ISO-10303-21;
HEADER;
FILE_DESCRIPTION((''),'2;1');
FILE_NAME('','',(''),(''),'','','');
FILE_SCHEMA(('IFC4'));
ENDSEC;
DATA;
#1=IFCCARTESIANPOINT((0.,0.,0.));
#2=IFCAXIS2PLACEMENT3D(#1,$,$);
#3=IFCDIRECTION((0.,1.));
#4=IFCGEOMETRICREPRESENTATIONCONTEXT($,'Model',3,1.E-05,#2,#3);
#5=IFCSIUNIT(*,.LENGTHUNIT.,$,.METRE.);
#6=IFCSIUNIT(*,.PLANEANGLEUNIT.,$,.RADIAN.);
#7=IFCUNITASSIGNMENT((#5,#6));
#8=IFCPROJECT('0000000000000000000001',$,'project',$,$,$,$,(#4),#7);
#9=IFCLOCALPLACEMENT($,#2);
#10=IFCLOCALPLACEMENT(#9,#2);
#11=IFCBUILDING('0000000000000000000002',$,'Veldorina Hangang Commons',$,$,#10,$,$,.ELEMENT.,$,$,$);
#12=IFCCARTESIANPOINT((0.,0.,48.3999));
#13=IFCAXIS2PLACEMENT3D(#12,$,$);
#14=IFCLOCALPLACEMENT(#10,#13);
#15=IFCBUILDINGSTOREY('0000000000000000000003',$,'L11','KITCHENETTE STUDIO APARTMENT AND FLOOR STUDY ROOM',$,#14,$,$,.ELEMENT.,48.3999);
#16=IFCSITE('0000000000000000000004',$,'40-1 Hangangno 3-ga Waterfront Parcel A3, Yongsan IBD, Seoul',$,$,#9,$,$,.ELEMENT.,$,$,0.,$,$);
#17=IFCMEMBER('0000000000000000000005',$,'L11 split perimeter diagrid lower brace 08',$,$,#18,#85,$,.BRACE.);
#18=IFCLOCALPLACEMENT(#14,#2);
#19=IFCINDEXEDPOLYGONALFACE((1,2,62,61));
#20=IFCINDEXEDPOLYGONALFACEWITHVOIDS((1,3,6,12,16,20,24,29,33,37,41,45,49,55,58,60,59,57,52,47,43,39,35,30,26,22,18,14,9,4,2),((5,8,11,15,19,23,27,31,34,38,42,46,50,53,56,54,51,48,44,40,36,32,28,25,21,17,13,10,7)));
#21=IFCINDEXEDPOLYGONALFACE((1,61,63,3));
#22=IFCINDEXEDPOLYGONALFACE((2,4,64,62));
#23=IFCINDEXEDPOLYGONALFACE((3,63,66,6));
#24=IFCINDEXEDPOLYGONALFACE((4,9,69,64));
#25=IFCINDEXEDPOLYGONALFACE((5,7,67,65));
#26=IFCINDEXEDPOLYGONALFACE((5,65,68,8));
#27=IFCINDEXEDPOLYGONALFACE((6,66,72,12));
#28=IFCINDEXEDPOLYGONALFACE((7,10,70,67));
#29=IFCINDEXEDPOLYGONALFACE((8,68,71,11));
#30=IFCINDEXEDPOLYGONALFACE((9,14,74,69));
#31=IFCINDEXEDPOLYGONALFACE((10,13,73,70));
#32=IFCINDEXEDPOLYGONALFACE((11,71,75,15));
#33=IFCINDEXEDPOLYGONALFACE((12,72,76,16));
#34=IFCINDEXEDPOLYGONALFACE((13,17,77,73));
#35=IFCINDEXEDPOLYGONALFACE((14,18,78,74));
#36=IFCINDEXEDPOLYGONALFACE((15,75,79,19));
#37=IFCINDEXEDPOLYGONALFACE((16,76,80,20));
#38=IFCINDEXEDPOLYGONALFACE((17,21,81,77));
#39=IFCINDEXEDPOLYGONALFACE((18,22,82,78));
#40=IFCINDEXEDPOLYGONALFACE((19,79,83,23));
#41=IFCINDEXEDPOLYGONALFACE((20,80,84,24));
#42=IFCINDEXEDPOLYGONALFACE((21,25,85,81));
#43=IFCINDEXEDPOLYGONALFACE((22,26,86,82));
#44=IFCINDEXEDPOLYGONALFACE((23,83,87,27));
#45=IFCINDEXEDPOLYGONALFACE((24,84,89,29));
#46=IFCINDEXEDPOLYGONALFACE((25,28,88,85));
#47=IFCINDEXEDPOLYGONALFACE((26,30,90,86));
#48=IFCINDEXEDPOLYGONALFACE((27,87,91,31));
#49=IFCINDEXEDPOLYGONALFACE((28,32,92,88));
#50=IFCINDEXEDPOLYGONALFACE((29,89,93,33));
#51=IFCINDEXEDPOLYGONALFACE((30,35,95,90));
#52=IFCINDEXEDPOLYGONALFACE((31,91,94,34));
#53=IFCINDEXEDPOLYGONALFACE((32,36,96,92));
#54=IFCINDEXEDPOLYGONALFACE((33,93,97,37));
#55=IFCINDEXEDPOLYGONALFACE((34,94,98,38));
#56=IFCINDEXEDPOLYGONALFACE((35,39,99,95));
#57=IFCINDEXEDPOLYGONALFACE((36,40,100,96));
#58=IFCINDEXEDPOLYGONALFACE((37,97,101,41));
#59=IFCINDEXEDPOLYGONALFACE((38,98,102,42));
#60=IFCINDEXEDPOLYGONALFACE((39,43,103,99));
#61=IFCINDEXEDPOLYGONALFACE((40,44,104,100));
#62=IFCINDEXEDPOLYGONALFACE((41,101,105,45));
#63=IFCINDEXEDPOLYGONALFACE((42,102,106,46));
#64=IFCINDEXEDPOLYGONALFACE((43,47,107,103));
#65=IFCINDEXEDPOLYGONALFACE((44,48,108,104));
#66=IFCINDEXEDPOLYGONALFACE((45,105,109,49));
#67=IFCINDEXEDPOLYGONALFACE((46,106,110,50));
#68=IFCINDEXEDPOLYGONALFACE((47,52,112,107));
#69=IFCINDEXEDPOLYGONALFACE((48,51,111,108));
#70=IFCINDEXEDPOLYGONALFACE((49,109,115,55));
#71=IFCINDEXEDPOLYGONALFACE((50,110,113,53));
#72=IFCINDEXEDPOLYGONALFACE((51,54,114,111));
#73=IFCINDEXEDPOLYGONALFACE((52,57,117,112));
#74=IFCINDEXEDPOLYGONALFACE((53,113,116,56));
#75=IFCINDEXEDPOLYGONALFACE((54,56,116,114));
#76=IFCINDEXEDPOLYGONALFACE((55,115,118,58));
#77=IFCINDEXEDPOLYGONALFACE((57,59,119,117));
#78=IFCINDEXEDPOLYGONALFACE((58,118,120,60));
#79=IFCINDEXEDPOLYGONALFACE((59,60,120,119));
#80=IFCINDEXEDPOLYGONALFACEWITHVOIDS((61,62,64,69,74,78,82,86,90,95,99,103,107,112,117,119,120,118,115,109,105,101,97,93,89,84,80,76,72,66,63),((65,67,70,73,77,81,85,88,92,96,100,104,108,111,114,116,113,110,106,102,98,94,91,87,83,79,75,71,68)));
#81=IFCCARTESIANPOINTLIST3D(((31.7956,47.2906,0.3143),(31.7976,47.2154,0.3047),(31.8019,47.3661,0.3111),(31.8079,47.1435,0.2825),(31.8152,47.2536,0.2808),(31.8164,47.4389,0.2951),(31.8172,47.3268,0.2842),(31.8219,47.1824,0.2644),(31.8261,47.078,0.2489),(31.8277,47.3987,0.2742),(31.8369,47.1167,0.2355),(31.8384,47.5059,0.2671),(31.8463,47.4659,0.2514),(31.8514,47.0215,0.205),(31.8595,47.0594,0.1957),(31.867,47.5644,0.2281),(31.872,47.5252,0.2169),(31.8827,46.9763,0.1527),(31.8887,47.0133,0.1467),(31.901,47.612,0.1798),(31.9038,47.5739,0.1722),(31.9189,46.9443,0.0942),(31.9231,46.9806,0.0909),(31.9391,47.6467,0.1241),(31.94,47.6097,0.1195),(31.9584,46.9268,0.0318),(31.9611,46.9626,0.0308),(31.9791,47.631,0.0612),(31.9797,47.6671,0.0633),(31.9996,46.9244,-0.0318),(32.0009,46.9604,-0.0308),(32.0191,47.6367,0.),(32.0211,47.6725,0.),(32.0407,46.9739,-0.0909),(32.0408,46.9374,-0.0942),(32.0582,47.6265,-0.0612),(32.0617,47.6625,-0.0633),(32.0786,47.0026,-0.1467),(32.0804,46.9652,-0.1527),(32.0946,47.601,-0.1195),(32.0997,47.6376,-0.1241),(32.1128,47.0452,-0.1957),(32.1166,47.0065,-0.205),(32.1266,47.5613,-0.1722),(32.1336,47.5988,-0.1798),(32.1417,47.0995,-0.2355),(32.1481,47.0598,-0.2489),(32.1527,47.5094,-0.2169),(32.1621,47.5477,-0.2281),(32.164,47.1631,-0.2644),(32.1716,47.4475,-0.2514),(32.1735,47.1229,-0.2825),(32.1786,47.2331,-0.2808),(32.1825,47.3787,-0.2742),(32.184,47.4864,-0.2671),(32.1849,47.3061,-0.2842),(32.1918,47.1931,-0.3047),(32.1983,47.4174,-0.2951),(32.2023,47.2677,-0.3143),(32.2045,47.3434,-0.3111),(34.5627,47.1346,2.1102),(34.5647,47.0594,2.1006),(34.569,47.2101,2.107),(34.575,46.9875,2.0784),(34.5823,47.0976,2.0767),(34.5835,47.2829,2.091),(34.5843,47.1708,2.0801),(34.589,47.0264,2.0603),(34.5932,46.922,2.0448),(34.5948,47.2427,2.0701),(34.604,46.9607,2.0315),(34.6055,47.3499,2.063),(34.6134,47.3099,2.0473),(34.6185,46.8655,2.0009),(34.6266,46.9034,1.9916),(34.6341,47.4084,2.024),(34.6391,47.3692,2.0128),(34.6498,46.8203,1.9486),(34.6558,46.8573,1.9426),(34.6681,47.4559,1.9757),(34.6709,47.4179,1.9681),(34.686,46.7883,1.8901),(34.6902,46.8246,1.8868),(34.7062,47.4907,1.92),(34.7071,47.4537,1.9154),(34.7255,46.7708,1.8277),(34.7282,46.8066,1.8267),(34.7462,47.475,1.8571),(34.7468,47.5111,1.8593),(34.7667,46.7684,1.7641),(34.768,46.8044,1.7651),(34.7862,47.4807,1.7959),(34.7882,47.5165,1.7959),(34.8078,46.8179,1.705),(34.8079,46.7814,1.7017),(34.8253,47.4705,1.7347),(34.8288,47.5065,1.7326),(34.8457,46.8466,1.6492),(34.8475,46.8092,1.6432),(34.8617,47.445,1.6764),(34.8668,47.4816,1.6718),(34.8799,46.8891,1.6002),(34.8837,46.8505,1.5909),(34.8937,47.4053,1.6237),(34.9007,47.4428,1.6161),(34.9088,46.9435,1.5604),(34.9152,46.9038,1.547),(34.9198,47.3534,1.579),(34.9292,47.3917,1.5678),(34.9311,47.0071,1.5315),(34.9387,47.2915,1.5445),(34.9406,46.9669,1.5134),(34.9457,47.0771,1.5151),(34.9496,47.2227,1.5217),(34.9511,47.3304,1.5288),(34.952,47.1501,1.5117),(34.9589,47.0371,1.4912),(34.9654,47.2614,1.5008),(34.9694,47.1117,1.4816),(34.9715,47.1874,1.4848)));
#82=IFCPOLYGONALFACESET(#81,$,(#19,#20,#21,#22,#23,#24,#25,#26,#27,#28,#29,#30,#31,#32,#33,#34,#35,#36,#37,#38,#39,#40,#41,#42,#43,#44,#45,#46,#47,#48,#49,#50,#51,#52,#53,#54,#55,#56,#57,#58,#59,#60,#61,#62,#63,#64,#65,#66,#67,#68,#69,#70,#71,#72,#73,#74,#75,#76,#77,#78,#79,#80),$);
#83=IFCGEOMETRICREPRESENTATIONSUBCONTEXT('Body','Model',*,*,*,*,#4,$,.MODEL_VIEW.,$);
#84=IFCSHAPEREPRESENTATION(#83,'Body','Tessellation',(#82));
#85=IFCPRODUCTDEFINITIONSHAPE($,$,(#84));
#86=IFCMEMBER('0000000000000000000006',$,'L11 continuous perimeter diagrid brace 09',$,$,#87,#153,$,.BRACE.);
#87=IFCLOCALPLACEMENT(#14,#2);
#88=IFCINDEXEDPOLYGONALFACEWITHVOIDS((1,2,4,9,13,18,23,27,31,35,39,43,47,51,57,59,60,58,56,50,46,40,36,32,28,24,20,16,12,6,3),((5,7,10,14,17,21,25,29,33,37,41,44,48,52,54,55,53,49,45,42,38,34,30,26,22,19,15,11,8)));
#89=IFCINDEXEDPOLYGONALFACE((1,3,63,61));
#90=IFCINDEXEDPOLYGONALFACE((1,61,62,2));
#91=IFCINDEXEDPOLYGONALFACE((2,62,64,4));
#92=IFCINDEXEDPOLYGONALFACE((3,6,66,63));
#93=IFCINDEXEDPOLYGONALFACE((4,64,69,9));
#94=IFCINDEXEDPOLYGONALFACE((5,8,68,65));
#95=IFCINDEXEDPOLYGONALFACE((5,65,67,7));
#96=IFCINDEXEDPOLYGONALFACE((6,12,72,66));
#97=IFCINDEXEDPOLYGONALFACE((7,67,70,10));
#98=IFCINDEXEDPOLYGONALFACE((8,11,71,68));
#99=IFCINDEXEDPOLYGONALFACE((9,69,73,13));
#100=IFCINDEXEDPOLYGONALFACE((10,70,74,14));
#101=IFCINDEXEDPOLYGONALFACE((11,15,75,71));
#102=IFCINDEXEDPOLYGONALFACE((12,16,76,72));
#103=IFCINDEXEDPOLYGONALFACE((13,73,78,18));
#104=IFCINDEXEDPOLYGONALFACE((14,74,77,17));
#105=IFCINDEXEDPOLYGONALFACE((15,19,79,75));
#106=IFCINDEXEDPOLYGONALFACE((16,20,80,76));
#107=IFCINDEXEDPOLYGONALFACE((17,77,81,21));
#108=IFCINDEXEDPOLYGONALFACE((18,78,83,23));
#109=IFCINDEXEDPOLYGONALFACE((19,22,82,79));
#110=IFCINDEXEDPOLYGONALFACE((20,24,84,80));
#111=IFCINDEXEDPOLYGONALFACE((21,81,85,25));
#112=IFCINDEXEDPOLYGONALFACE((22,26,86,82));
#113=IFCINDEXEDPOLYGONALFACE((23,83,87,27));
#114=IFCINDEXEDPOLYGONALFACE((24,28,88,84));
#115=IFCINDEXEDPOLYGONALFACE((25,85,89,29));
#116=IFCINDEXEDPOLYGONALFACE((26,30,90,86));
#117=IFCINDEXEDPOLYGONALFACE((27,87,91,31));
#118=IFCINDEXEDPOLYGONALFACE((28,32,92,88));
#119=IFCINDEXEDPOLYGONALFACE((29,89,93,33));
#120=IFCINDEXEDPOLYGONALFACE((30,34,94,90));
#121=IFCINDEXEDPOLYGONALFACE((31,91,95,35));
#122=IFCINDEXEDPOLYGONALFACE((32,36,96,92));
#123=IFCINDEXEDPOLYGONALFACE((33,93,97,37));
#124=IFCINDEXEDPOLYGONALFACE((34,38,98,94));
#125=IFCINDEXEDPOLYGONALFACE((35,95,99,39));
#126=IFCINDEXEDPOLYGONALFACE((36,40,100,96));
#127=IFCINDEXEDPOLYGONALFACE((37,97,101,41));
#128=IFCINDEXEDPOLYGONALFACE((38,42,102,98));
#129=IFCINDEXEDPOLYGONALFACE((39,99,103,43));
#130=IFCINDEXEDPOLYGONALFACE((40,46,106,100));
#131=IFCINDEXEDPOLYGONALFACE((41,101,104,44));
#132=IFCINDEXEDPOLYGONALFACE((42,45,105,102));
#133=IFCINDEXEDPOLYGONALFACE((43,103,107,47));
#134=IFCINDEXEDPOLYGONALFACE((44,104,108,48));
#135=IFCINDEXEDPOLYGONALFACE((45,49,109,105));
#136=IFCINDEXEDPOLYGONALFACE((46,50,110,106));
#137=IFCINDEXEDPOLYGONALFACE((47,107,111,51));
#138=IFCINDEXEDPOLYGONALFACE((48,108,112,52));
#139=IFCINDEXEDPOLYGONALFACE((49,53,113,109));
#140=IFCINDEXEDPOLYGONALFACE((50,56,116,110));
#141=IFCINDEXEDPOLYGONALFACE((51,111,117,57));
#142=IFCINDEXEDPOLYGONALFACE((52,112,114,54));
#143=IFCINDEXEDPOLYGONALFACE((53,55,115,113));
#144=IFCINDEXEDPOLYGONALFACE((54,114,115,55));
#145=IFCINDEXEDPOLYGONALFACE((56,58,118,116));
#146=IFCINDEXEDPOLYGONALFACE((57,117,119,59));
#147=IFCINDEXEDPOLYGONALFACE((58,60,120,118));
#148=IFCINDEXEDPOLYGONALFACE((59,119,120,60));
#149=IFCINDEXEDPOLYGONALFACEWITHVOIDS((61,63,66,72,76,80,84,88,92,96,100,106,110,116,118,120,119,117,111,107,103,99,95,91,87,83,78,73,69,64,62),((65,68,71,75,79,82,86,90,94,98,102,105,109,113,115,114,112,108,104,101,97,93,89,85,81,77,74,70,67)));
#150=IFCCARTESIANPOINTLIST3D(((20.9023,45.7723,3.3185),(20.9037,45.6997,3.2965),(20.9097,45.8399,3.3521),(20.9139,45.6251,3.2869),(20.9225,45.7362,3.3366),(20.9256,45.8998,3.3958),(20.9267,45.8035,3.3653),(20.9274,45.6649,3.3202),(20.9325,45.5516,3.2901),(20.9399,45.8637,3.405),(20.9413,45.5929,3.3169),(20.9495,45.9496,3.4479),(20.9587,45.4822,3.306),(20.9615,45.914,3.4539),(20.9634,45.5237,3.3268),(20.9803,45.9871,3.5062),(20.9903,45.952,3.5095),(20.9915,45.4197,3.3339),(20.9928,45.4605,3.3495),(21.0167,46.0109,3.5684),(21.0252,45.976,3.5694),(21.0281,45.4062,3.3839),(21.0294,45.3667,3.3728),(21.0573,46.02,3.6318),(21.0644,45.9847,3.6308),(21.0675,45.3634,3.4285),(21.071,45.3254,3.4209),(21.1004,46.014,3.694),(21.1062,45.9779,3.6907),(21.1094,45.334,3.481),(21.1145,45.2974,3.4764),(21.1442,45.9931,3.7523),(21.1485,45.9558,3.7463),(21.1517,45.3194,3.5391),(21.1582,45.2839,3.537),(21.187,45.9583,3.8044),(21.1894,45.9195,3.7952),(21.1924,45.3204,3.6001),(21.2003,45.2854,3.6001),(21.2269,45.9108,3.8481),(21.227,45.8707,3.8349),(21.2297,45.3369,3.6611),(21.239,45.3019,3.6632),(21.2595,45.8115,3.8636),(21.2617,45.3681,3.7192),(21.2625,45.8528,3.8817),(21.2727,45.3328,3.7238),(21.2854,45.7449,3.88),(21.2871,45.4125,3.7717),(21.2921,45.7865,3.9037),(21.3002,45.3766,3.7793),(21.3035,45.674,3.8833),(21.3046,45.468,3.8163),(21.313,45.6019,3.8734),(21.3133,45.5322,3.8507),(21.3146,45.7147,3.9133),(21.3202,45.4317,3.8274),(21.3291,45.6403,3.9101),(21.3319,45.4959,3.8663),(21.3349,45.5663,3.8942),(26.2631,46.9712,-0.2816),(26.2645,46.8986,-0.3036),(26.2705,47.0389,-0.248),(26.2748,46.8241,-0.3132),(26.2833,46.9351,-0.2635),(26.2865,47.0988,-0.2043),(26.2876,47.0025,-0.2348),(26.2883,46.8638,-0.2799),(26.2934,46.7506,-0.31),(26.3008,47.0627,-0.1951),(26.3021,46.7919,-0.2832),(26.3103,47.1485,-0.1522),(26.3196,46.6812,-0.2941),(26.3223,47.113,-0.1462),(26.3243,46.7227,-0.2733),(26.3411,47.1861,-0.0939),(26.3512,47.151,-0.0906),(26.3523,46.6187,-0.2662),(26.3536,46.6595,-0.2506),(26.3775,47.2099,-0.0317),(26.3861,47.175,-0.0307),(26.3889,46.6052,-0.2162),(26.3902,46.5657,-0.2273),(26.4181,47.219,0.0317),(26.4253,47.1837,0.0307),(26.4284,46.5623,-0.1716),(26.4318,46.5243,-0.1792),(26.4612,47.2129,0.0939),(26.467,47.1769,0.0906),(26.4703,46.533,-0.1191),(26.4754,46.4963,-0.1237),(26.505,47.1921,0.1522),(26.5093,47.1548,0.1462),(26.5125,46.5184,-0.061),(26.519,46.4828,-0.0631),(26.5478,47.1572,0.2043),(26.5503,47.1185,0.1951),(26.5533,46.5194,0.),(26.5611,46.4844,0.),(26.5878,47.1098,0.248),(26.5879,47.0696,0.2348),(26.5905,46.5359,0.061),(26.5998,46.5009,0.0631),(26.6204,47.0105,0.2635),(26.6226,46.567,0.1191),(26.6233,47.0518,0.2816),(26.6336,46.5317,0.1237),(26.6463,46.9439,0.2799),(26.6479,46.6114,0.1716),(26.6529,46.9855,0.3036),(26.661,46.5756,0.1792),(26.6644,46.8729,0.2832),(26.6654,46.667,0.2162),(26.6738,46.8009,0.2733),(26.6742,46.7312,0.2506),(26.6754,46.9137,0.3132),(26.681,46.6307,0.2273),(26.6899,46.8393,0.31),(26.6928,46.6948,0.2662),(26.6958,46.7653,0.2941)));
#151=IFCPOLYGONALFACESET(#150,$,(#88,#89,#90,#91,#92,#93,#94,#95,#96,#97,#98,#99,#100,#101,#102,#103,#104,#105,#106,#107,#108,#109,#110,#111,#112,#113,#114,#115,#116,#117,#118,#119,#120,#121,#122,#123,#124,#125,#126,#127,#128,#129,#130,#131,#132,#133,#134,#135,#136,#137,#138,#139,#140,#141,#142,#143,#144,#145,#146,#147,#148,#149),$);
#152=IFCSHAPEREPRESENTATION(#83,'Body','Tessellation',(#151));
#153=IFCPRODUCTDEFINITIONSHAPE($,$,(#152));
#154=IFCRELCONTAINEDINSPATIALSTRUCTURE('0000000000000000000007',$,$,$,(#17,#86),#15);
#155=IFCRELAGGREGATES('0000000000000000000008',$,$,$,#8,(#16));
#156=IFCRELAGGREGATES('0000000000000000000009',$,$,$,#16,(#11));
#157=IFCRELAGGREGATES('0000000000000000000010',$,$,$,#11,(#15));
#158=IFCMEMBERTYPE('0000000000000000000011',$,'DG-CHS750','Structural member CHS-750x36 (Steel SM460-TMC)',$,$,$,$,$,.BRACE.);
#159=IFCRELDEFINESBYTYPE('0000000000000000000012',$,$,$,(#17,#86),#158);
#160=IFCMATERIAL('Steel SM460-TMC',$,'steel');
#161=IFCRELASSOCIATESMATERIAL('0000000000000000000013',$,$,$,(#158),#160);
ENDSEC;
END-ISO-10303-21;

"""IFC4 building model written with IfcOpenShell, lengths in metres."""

from ifc_helpers import new_model, si_unit, direction, frame, origin, origin_2d, place, context, subcontext, project, spatial, hollow_circle, extrude, material, material_profile, profile_set, type_object, element, save


model = new_model("IFC4")

# Units and contexts
model_context = context("Model", 3, precision=1e-05, world=origin(), true_north=direction((0.0, 1.0)))
body_context = subcontext(model_context, "Body", "Model", "MODEL_VIEW")
ifc_project = project(units=[si_unit("LENGTHUNIT", "METRE"), si_unit("PLANEANGLEUNIT", "RADIAN")], contexts=[model_context])

# Site, building, storey
site_placement = place(None, origin())
site = spatial("IfcSite", under=ifc_project, at=site_placement, Name="40-1 Hangangno 3-ga Waterfront Parcel A3, Yongsan IBD, Seoul", CompositionType="ELEMENT", RefElevation=0.0)
building_placement = place(site_placement, origin())
building = spatial("IfcBuilding", under=site, at=building_placement, Name="Veldorina Hangang Commons", CompositionType="ELEMENT")
storey_placement = place(building_placement, frame((0.0, 0.0, 48.3999)))
storey = spatial("IfcBuildingStorey", under=building, at=storey_placement, Name="L11", Description="KITCHENETTE STUDIO APARTMENT AND FLOOR STUDY ROOM", CompositionType="ELEMENT", Elevation=48.3999)

# Shared definitions
ifc_material_1 = material(Name="Steel SM460-TMC", Category="steel")

# Members
ifc_material_profile_1 = material_profile(ifc_material_1, hollow_circle(Radius=0.375, WallThickness=0.0359, at=origin_2d()), Name="CHS-750x36")
ifc_profile_set_1 = profile_set([ifc_material_profile_1], Name="Steel SM460-TMC")
member_type = type_object("IfcMemberType", Name="DG-CHS750", Description="Structural member CHS-750x36 (Steel SM460-TMC)", PredefinedType="BRACE", material=ifc_profile_set_1)
member_1_placement = place(storey_placement, frame((32.0, 47.2981, 0.0), z_axis=(0.837882, -0.047239, 0.543803), x_axis=(0.05629, 0.998414, 0.0)))
element("IfcMember", 1, at=member_1_placement, inside=storey, type_object=member_type, Name="L11 split perimeter diagrid lower brace 08", PredefinedType="BRACE", context=body_context, shape_type="SweptSolid", body=[
    extrude(hollow_circle(Radius=0.375, WallThickness=0.0359, at=origin_2d()), origin(), (0.0, 0.0, 1.0), 3.3025),
])
member_2_placement = place(storey_placement, frame((26.4792, 46.8503, 0.0), z_axis=(-0.816223, -0.182552, 0.548138), x_axis=(0.218262, -0.97589, 0.0)))
element("IfcMember", 2, at=member_2_placement, inside=storey, type_object=member_type, Name="L11 continuous perimeter diagrid brace 09", PredefinedType="BRACE", context=body_context, shape_type="SweptSolid", body=[
    extrude(hollow_circle(Radius=0.375, WallThickness=0.0359, at=origin_2d()), origin(), (0.0, 0.0, 1.0), 6.5679),
])

save(model, "model.ifc")
